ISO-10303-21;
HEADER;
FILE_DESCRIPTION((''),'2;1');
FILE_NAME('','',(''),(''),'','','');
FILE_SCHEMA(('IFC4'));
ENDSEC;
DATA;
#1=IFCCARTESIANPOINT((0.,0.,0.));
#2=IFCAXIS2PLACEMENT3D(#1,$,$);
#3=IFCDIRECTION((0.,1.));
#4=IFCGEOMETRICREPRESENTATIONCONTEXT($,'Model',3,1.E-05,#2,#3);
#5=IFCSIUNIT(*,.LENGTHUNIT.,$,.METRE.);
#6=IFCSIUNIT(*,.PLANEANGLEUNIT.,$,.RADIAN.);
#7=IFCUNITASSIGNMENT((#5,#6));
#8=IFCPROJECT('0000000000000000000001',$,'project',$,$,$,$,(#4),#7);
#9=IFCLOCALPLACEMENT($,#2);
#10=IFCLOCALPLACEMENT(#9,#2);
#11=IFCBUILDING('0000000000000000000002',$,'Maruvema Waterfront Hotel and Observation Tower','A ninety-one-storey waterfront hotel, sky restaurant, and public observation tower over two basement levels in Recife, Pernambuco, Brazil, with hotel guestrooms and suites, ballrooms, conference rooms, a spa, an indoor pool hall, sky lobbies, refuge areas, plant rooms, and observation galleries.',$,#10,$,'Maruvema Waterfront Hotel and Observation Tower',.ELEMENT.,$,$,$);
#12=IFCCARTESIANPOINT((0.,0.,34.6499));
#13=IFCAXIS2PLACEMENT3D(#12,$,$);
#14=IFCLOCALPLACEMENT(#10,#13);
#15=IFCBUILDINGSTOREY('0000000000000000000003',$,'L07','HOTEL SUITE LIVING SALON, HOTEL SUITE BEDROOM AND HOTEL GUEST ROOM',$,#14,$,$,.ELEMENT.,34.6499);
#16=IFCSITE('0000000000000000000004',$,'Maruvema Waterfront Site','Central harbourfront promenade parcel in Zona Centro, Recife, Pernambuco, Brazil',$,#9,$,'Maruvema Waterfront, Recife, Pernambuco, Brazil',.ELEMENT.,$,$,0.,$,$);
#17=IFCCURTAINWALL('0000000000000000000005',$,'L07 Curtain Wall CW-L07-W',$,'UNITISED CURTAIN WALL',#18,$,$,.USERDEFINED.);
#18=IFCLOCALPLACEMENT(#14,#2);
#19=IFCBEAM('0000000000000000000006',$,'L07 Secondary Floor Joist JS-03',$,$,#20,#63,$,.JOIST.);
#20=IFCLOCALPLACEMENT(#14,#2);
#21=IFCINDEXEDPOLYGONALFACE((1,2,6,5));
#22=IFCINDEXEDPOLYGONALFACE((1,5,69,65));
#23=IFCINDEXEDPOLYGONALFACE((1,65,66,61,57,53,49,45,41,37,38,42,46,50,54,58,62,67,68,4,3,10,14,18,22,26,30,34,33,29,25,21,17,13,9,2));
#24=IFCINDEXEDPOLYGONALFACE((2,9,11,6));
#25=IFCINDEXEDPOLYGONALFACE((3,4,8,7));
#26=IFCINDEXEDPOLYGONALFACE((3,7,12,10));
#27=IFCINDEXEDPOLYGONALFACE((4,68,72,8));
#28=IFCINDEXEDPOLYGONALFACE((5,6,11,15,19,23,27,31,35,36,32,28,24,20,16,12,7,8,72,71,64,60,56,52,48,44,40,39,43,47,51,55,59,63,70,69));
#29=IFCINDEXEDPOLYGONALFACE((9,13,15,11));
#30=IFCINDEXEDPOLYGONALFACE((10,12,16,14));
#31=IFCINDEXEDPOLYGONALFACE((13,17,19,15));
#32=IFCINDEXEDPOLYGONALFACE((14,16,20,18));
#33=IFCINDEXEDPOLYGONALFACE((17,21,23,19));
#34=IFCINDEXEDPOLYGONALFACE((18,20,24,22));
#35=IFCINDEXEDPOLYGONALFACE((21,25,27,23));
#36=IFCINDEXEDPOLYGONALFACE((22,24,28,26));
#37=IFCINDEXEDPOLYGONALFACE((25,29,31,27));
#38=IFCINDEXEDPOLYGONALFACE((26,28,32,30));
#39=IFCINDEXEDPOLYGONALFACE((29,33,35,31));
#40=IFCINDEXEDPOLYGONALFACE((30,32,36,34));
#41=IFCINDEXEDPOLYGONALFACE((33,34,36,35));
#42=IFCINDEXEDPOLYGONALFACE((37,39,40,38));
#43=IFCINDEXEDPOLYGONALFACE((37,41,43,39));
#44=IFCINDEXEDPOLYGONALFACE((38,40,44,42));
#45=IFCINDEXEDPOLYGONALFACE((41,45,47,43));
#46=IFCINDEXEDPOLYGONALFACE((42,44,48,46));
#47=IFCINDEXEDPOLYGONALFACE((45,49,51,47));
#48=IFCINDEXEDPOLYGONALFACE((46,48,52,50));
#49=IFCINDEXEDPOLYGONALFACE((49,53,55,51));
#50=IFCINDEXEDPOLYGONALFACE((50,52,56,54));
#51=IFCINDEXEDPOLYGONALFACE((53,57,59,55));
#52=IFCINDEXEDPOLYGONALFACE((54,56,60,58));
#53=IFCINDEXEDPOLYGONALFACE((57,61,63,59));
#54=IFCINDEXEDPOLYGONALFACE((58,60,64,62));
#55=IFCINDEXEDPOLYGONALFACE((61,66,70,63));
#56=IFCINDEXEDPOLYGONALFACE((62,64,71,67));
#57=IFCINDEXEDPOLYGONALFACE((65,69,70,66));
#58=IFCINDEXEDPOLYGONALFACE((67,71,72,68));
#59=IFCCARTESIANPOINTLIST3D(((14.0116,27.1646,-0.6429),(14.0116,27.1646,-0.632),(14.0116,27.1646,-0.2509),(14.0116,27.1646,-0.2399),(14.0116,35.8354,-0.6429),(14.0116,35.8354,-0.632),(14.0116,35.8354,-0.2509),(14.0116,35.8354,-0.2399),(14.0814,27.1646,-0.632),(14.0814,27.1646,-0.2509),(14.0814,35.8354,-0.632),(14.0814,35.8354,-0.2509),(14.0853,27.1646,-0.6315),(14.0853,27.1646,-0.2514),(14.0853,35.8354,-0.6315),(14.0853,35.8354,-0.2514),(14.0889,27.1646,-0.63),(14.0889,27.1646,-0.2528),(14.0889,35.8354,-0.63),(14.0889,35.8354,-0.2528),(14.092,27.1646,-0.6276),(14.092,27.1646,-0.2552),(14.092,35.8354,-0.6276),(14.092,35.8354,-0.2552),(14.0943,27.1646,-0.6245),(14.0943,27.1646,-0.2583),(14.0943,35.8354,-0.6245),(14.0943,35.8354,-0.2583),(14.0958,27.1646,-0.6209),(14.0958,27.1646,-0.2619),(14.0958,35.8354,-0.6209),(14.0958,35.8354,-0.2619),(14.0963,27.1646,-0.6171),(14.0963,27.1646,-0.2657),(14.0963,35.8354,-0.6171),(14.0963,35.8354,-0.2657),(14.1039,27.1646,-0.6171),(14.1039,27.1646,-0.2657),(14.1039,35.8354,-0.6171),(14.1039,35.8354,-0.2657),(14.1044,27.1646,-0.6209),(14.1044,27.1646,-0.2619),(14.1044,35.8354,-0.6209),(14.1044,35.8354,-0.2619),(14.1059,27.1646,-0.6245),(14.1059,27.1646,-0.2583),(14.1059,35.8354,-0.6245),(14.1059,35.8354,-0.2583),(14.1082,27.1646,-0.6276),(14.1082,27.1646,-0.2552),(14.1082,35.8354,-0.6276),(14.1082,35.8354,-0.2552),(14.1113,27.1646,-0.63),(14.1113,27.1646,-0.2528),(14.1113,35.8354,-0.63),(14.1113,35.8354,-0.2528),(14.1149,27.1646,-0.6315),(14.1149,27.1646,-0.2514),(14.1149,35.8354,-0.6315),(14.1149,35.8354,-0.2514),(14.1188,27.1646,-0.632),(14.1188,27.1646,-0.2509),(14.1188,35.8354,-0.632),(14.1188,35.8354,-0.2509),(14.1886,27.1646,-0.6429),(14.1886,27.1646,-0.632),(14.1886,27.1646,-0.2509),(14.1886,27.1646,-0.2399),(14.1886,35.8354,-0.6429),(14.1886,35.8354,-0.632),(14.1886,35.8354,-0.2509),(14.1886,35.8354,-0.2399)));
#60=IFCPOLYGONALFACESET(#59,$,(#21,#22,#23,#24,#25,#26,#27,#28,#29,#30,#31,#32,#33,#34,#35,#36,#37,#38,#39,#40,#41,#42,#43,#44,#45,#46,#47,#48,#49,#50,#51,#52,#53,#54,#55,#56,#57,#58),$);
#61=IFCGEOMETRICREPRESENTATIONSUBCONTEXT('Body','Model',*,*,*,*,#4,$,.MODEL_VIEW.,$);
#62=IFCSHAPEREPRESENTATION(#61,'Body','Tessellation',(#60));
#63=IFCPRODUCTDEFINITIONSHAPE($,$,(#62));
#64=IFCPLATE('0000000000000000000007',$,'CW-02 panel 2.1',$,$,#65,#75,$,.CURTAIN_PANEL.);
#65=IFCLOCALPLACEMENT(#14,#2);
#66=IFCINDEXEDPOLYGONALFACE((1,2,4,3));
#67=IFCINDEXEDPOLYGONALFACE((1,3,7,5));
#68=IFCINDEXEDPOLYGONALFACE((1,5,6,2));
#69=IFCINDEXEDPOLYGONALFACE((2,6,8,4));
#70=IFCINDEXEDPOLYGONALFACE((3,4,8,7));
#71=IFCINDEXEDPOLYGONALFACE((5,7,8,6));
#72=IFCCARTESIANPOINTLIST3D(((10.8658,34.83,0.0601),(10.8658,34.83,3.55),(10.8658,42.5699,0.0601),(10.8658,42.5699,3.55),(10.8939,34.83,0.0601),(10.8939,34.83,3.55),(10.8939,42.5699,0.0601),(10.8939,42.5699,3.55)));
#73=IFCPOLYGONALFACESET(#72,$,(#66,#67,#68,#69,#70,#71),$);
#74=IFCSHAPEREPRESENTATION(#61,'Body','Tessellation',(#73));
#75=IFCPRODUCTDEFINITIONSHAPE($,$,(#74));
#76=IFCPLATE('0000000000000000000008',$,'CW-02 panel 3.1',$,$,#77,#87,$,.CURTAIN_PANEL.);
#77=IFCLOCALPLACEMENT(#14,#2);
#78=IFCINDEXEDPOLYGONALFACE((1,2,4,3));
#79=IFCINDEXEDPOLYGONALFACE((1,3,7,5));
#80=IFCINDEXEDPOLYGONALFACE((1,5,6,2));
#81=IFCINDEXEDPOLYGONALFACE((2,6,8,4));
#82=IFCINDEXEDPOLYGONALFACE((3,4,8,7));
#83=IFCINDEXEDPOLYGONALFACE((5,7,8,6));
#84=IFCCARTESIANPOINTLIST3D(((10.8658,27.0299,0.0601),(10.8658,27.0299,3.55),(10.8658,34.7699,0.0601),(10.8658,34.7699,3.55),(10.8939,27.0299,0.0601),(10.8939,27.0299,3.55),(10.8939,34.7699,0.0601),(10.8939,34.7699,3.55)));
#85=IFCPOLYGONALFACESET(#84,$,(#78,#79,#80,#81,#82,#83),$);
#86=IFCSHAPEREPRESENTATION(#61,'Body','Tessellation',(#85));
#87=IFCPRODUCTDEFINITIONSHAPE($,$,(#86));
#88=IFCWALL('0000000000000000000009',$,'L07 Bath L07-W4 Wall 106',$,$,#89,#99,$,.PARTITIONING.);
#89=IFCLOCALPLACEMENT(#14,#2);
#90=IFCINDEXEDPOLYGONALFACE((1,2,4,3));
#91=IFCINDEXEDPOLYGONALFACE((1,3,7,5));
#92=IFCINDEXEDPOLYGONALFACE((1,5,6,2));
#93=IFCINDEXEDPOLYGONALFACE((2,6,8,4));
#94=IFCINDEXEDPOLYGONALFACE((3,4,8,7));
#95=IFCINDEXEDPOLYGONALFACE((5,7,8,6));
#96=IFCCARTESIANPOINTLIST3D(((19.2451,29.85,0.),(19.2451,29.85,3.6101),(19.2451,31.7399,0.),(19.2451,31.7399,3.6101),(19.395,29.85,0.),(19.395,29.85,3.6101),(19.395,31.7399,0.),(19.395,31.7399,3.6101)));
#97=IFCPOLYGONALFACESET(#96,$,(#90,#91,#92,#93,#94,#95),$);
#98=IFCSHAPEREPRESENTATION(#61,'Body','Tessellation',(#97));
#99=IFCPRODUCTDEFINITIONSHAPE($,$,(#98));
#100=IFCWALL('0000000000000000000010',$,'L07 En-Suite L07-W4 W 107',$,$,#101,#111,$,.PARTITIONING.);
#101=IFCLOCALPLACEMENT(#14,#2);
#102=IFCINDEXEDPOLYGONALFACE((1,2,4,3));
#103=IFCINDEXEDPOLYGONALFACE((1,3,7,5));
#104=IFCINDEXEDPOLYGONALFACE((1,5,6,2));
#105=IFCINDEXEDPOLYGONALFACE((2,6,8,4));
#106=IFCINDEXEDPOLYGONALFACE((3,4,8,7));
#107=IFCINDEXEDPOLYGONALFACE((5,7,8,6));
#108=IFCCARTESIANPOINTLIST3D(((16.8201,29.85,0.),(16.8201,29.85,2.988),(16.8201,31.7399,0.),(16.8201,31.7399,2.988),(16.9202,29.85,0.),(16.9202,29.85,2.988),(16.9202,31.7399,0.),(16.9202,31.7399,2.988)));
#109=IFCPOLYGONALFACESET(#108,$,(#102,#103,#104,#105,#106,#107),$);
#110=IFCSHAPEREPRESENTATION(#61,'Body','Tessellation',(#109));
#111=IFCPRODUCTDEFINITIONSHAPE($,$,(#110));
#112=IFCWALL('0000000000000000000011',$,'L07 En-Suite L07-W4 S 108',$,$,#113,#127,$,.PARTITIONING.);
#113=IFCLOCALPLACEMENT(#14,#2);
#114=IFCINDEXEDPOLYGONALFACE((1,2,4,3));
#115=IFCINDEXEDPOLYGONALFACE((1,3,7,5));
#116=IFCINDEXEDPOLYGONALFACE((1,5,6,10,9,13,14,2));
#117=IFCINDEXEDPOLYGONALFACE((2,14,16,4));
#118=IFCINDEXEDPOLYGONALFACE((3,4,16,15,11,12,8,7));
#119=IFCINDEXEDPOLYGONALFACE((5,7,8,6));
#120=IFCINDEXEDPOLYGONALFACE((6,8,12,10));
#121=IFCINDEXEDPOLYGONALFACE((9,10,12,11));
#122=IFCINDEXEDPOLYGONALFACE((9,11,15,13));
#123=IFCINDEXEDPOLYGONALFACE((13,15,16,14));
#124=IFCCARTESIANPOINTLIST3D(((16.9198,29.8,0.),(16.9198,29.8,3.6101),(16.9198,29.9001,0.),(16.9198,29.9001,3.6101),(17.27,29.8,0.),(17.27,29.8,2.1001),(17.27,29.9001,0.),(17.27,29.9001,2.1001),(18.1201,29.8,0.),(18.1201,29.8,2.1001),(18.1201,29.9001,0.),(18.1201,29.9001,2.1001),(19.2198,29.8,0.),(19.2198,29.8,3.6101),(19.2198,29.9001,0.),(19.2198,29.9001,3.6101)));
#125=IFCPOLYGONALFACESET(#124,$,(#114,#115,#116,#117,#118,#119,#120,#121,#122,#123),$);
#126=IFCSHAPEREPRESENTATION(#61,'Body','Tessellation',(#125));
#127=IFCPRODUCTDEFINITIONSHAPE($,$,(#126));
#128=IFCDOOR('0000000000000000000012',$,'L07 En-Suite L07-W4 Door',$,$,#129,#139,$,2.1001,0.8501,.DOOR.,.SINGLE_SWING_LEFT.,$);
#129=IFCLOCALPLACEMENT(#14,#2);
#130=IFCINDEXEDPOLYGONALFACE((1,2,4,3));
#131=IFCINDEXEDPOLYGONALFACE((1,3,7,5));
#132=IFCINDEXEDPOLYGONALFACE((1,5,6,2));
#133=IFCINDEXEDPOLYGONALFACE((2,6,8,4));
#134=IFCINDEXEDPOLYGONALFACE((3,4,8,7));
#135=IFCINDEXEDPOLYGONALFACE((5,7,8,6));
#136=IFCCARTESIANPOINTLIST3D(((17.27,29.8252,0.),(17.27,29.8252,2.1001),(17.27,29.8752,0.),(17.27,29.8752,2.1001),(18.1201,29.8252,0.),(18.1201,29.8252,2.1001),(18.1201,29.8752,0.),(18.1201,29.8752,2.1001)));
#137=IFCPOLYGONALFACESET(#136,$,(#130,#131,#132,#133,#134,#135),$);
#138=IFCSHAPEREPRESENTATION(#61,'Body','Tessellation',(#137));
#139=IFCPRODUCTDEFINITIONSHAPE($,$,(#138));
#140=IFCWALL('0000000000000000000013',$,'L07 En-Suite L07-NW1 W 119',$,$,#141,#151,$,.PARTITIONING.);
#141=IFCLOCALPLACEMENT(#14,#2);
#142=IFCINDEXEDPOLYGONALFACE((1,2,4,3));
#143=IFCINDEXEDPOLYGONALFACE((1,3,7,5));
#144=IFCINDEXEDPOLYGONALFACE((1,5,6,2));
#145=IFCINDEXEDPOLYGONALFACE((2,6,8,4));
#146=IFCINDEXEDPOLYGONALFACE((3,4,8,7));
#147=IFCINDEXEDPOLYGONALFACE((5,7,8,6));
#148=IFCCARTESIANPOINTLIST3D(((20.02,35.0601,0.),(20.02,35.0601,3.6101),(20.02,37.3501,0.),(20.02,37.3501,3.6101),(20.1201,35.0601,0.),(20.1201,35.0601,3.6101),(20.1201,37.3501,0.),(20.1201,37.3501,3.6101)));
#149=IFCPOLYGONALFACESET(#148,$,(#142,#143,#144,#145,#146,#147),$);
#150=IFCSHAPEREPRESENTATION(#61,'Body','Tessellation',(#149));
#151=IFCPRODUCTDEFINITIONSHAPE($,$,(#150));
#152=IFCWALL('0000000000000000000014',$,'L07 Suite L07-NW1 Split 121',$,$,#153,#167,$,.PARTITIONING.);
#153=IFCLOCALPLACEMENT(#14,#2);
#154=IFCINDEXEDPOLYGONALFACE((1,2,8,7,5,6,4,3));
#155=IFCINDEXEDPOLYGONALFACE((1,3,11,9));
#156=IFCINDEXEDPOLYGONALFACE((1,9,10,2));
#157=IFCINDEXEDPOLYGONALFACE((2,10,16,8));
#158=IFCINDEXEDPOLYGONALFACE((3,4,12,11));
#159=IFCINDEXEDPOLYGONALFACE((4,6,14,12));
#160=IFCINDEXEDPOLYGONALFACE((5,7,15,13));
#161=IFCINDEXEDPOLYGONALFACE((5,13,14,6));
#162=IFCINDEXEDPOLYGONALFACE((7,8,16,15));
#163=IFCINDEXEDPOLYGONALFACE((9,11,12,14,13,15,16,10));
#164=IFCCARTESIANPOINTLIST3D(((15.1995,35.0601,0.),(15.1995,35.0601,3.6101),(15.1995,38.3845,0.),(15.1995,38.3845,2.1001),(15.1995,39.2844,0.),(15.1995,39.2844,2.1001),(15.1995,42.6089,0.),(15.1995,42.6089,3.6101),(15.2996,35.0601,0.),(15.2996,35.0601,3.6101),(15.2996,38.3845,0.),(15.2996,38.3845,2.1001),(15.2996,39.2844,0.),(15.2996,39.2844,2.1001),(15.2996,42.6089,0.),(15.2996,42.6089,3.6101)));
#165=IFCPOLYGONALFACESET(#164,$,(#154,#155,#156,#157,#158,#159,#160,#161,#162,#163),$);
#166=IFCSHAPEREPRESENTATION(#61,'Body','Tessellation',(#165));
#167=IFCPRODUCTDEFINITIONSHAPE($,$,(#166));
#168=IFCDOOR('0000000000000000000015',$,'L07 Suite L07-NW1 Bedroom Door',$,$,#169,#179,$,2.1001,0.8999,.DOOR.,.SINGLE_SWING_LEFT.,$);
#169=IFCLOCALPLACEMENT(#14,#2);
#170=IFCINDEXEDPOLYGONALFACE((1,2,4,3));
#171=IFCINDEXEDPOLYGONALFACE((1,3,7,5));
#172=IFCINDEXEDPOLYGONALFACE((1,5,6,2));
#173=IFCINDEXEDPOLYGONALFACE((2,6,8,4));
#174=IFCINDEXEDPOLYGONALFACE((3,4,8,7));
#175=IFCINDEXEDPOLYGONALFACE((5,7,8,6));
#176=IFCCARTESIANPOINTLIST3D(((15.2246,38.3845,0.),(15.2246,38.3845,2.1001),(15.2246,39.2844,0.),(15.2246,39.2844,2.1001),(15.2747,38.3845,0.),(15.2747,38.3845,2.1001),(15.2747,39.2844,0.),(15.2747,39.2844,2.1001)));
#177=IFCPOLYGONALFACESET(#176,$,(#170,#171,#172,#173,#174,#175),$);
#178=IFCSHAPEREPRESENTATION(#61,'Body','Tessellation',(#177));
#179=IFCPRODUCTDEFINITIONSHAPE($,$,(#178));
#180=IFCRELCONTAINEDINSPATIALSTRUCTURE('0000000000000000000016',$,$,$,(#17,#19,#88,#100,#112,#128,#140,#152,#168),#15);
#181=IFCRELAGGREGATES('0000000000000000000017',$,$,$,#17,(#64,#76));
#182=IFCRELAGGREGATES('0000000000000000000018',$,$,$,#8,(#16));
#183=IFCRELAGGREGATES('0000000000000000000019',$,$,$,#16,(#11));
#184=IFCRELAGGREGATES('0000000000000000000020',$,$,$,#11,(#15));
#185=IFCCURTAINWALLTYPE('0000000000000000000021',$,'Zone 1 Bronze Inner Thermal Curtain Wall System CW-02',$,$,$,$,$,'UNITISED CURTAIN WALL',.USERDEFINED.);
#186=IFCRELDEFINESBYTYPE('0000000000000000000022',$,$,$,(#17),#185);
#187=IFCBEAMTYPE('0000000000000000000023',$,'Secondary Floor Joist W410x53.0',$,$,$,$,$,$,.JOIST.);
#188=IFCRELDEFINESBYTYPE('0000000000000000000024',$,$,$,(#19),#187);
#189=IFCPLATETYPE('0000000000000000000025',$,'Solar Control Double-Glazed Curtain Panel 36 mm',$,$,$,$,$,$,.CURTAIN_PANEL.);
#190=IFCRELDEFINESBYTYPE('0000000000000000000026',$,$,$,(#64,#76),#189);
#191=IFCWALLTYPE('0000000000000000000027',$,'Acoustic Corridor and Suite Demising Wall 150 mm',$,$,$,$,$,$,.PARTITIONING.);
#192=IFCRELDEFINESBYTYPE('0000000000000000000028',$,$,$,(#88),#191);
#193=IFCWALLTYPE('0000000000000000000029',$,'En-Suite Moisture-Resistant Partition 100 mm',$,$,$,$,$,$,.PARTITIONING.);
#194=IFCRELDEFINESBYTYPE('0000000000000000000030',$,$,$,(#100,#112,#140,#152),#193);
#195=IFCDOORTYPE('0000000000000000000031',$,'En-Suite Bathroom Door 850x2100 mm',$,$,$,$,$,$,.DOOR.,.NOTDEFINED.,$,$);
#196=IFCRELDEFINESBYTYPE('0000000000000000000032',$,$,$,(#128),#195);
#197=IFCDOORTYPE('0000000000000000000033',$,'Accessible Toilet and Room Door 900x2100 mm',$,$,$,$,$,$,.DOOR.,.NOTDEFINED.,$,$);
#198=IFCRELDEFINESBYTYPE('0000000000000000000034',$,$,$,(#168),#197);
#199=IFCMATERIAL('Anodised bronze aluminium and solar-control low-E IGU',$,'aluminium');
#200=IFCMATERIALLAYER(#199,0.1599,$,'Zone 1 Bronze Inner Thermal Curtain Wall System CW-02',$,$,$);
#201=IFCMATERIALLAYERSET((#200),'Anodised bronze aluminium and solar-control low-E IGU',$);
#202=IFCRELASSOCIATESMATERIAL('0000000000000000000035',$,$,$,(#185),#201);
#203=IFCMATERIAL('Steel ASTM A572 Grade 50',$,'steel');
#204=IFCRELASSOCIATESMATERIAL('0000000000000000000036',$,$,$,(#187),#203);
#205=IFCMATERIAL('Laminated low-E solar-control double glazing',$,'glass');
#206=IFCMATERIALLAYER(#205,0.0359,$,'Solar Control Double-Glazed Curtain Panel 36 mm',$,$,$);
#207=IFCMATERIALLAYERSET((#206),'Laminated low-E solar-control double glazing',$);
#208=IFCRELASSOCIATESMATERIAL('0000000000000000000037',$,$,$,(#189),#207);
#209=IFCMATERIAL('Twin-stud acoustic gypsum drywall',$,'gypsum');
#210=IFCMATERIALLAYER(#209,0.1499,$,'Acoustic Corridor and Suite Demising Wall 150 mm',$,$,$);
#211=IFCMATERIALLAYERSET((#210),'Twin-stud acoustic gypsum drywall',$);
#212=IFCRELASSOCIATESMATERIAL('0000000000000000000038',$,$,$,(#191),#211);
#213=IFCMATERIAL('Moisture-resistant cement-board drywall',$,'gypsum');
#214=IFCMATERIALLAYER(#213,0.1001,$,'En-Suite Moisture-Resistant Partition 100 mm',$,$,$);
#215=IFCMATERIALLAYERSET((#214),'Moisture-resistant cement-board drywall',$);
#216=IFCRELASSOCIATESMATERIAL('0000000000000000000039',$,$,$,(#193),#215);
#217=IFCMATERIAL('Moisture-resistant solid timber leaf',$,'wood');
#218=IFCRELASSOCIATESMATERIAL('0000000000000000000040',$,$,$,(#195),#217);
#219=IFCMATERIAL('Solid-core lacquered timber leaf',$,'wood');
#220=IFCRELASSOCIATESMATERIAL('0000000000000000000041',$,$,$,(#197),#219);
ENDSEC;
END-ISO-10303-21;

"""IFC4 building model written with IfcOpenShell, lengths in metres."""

from ifc_helpers import new_model, si_unit, direction, frame, frame_2d, origin, origin_2d, place, context, subcontext, project, spatial, rectangle, i_section, extrude, material, layer, layer_set, material_profile, profile_set, type_object, element, fill, aggregate, save


model = new_model("IFC4")

# Units and contexts
model_context = context("Model", 3, precision=1e-05, world=origin(), true_north=direction((0.0, 1.0)))
body_context = subcontext(model_context, "Body", "Model", "MODEL_VIEW")
ifc_project = project(units=[si_unit("LENGTHUNIT", "METRE"), si_unit("PLANEANGLEUNIT", "RADIAN")], contexts=[model_context])

# Site, building, storey
site_placement = place(None, origin())
site = spatial("IfcSite", under=ifc_project, at=site_placement, Name="Maruvema Waterfront Site", Description="Central harbourfront promenade parcel in Zona Centro, Recife, Pernambuco, Brazil", LongName="Maruvema Waterfront, Recife, Pernambuco, Brazil", CompositionType="ELEMENT", RefElevation=0.0)
building_placement = place(site_placement, origin())
building = spatial("IfcBuilding", under=site, at=building_placement, Name="Maruvema Waterfront Hotel and Observation Tower", Description="A ninety-one-storey waterfront hotel, sky restaurant, and public observation tower over two basement levels in Recife, Pernambuco, Brazil, with hotel guestrooms and suites, ballrooms, conference rooms, a spa, an indoor pool hall, sky lobbies, refuge areas, plant rooms, and observation galleries.", LongName="Maruvema Waterfront Hotel and Observation Tower", CompositionType="ELEMENT")
storey_placement = place(building_placement, frame((0.0, 0.0, 34.6499)))
storey = spatial("IfcBuildingStorey", under=building, at=storey_placement, Name="L07", Description="HOTEL SUITE LIVING SALON, HOTEL SUITE BEDROOM AND HOTEL GUEST ROOM", CompositionType="ELEMENT", Elevation=34.6499)

# Curtain wall
ifc_material_1 = material(Name="Anodised bronze aluminium and solar-control low-E IGU", Category="aluminium")
ifc_layer_1 = layer(ifc_material_1, 0.1599, Name="Zone 1 Bronze Inner Thermal Curtain Wall System CW-02")
ifc_layer_set_1 = layer_set([ifc_layer_1], Name="Anodised bronze aluminium and solar-control low-E IGU")
curtain_wall_type = type_object("IfcCurtainWallType", Name="Zone 1 Bronze Inner Thermal Curtain Wall System CW-02", ElementType="UNITISED CURTAIN WALL", PredefinedType="USERDEFINED", material=ifc_layer_set_1)
curtain_wall_placement = place(storey_placement, origin())
curtain_wall = element("IfcCurtainWall", 1, at=curtain_wall_placement, inside=storey, type_object=curtain_wall_type, Name="L07 Curtain Wall CW-L07-W", ObjectType="UNITISED CURTAIN WALL", PredefinedType="USERDEFINED")

# Beam
ifc_material_2 = material(Name="Steel ASTM A572 Grade 50", Category="steel")
ifc_material_profile_1 = material_profile(ifc_material_2, i_section(OverallWidth=0.177, OverallDepth=0.4031, WebThickness=0.0076, FlangeThickness=0.011, FilletRadius=0.0149, at=origin_2d()), Name="W410x53.0")
ifc_profile_set_1 = profile_set([ifc_material_profile_1], Name="Steel ASTM A572 Grade 50")
beam_type_1 = type_object("IfcBeamType", Name="Secondary Floor Joist W410x53.0", PredefinedType="JOIST", material=ifc_profile_set_1)
beam_1_placement = place(storey_placement, frame((14.1001, 27.1646, -0.4414), z_axis=(0.0, 1.0, 0.0), x_axis=(-1.0, 0.0, 0.0)))
element("IfcBeam", 2, at=beam_1_placement, inside=storey, type_object=beam_type_1, Name="L07 Secondary Floor Joist JS-03", PredefinedType="JOIST", context=body_context, shape_type="SweptSolid", body=[
    extrude(i_section(OverallWidth=0.177, OverallDepth=0.4031, WebThickness=0.0076, FlangeThickness=0.011, FilletRadius=0.0149, at=origin_2d()), origin(), (0.0, 0.0, 1.0), 8.6709),
])

# Plates
ifc_material_3 = material(Name="Laminated low-E solar-control double glazing", Category="glass")
ifc_layer_2 = layer(ifc_material_3, 0.0359, Name="Solar Control Double-Glazed Curtain Panel 36 mm")
ifc_layer_set_2 = layer_set([ifc_layer_2], Name="Laminated low-E solar-control double glazing")
plate_type = type_object("IfcPlateType", Name="Solar Control Double-Glazed Curtain Panel 36 mm", PredefinedType="CURTAIN_PANEL", material=ifc_layer_set_2)
plate_1_placement = place(storey_placement, frame((10.8799, 38.7, 0.0601), z_axis=(0.0, 0.0, 1.0), x_axis=(0.0, -1.0, 0.0)))
plate_1 = element("IfcPlate", 3, at=plate_1_placement, type_object=plate_type, Name="CW-02 panel 2.1", PredefinedType="CURTAIN_PANEL", context=body_context, shape_type="SweptSolid", body=[
    extrude(rectangle(XDim=7.74, YDim=0.0281, at=origin_2d()), origin(), (0.0, 0.0, 1.0), 3.49),
])
plate_2_placement = place(storey_placement, frame((10.8799, 30.8999, 0.0601), z_axis=(0.0, 0.0, 1.0), x_axis=(0.0, -1.0, 0.0)))
plate_2 = element("IfcPlate", 4, at=plate_2_placement, type_object=plate_type, Name="CW-02 panel 3.1", PredefinedType="CURTAIN_PANEL", context=body_context, shape_type="SweptSolid", body=[
    extrude(rectangle(XDim=7.74, YDim=0.0281, at=origin_2d()), origin(), (0.0, 0.0, 1.0), 3.49),
])
aggregate(curtain_wall, [plate_1, plate_2])

# Shared definitions
ifc_material_4 = material(Name="Twin-stud acoustic gypsum drywall", Category="gypsum")
ifc_layer_3 = layer(ifc_material_4, 0.1499, Name="Acoustic Corridor and Suite Demising Wall 150 mm")
ifc_layer_set_3 = layer_set([ifc_layer_3], Name="Twin-stud acoustic gypsum drywall")
wall_type_1 = type_object("IfcWallType", Name="Acoustic Corridor and Suite Demising Wall 150 mm", PredefinedType="PARTITIONING", material=ifc_layer_set_3)

# Walls
wall_1_placement = place(storey_placement, frame((19.3201, 29.8501, 0.0), z_axis=(0.0, 0.0, 1.0), x_axis=(0.0, 1.0, 0.0)))
element("IfcWall", 5, at=wall_1_placement, inside=storey, type_object=wall_type_1, Name="L07 Bath L07-W4 Wall 106", PredefinedType="PARTITIONING", context=body_context, shape_type="SweptSolid", body=[
    extrude(rectangle(XDim=1.8899, YDim=0.1499, at=frame_2d((0.9448, 0.0))), origin(), (0.0, 0.0, 1.0), 3.6101),
])
ifc_material_5 = material(Name="Moisture-resistant cement-board drywall", Category="gypsum")
ifc_layer_4 = layer(ifc_material_5, 0.1001, Name="En-Suite Moisture-Resistant Partition 100 mm")
ifc_layer_set_4 = layer_set([ifc_layer_4], Name="Moisture-resistant cement-board drywall")
wall_type_2 = type_object("IfcWallType", Name="En-Suite Moisture-Resistant Partition 100 mm", PredefinedType="PARTITIONING", material=ifc_layer_set_4)
wall_2_placement = place(storey_placement, frame((16.8701, 29.8501, 0.0), z_axis=(0.0, 0.0, 1.0), x_axis=(0.0, 1.0, 0.0)))
element("IfcWall", 6, at=wall_2_placement, inside=storey, type_object=wall_type_2, Name="L07 En-Suite L07-W4 W 107", PredefinedType="PARTITIONING", context=body_context, shape_type="SweptSolid", body=[
    extrude(rectangle(XDim=1.8899, YDim=0.1001, at=frame_2d((0.9448, 0.0))), origin(), (0.0, 0.0, 1.0), 2.988),
])

# Wall, opening, door
wall_3_placement = place(storey_placement, frame((16.9199, 29.8501, 0.0), z_axis=(0.0, 0.0, 1.0), x_axis=(1.0, 0.0, 0.0)))
wall_3 = element("IfcWall", 7, at=wall_3_placement, inside=storey, type_object=wall_type_2, Name="L07 En-Suite L07-W4 S 108", PredefinedType="PARTITIONING", context=body_context, shape_type="SweptSolid", body=[
    extrude(rectangle(XDim=2.3, YDim=0.1001, at=frame_2d((1.1499, 0.0))), origin(), (0.0, 0.0, 1.0), 3.6101),
])
opening_1_placement = place(wall_3_placement, frame((0.3501, 0.0, 0.0)))
opening_1 = element("IfcOpeningElement", 8, at=opening_1_placement, cuts=wall_3, PredefinedType="OPENING", context=body_context, shape_type="SweptSolid", body=[
    extrude(rectangle(XDim=0.8501, YDim=2.1001, at=frame_2d((0.425, 1.05))), frame((0.0, 0.0601, 0.0), z_axis=(0.0, -1.0, 0.0), x_axis=(1.0, 0.0, 0.0)), (0.0, 0.0, 1.0), 0.1201),
])
ifc_material_6 = material(Name="Moisture-resistant solid timber leaf", Category="wood")
door_type_1 = type_object("IfcDoorType", Name="En-Suite Bathroom Door 850x2100 mm", OperationType="NOTDEFINED", PredefinedType="DOOR", material=ifc_material_6)
door_1_placement = place(opening_1_placement, frame((0.8501, 0.0, 0.0), z_axis=(0.0, 0.0, 1.0), x_axis=(-1.0, 0.0, 0.0)))
door_1 = element("IfcDoor", 9, at=door_1_placement, inside=storey, type_object=door_type_1, Name="L07 En-Suite L07-W4 Door", OperationType="SINGLE_SWING_LEFT", OverallHeight=2.1001, OverallWidth=0.8501, PredefinedType="DOOR", context=body_context, shape_type="SweptSolid", body=[
    extrude(rectangle(XDim=0.8501, YDim=2.1001, at=frame_2d((0.425, 1.05))), frame((0.0, 0.0249, 0.0), z_axis=(0.0, -1.0, 0.0), x_axis=(1.0, 0.0, 0.0)), (0.0, 0.0, 1.0), 0.05),
])
fill(opening_1, door_1)

# Wall
wall_4_placement = place(storey_placement, frame((20.0701, 35.0601, 0.0), z_axis=(0.0, 0.0, 1.0), x_axis=(0.0, 1.0, 0.0)))
element("IfcWall", 10, at=wall_4_placement, inside=storey, type_object=wall_type_2, Name="L07 En-Suite L07-NW1 W 119", PredefinedType="PARTITIONING", context=body_context, shape_type="SweptSolid", body=[
    extrude(rectangle(XDim=2.29, YDim=0.1001, at=frame_2d((1.145, 0.0))), origin(), (0.0, 0.0, 1.0), 3.6101),
])

# Wall, opening, door
wall_5_placement = place(storey_placement, frame((15.2495, 35.0601, 0.0), z_axis=(0.0, 0.0, 1.0), x_axis=(0.0, 1.0, 0.0)))
wall_5 = element("IfcWall", 11, at=wall_5_placement, inside=storey, type_object=wall_type_2, Name="L07 Suite L07-NW1 Split 121", PredefinedType="PARTITIONING", context=body_context, shape_type="SweptSolid", body=[
    extrude(rectangle(XDim=7.5488, YDim=0.1001, at=frame_2d((3.7744, 0.0))), origin(), (0.0, 0.0, 1.0), 3.6101),
])
opening_2_placement = place(wall_5_placement, frame((3.3245, 0.0, 0.0)))
opening_2 = element("IfcOpeningElement", 12, at=opening_2_placement, cuts=wall_5, PredefinedType="OPENING", context=body_context, shape_type="SweptSolid", body=[
    extrude(rectangle(XDim=0.8999, YDim=2.1001, at=frame_2d((0.45, 1.05))), frame((0.0, 0.0601, 0.0), z_axis=(0.0, -1.0, 0.0), x_axis=(1.0, 0.0, 0.0)), (0.0, 0.0, 1.0), 0.1201),
])
ifc_material_7 = material(Name="Solid-core lacquered timber leaf", Category="wood")
door_type_2 = type_object("IfcDoorType", Name="Accessible Toilet and Room Door 900x2100 mm", OperationType="NOTDEFINED", PredefinedType="DOOR", material=ifc_material_7)
door_2_placement = place(opening_2_placement, origin())
door_2 = element("IfcDoor", 13, at=door_2_placement, inside=storey, type_object=door_type_2, Name="L07 Suite L07-NW1 Bedroom Door", OperationType="SINGLE_SWING_LEFT", OverallHeight=2.1001, OverallWidth=0.8999, PredefinedType="DOOR", context=body_context, shape_type="SweptSolid", body=[
    extrude(rectangle(XDim=0.8999, YDim=2.1001, at=frame_2d((0.45, 1.05))), frame((0.0, 0.0249, 0.0), z_axis=(0.0, -1.0, 0.0), x_axis=(1.0, 0.0, 0.0)), (0.0, 0.0, 1.0), 0.05),
])
fill(opening_2, door_2)

save(model, "model.ifc")
